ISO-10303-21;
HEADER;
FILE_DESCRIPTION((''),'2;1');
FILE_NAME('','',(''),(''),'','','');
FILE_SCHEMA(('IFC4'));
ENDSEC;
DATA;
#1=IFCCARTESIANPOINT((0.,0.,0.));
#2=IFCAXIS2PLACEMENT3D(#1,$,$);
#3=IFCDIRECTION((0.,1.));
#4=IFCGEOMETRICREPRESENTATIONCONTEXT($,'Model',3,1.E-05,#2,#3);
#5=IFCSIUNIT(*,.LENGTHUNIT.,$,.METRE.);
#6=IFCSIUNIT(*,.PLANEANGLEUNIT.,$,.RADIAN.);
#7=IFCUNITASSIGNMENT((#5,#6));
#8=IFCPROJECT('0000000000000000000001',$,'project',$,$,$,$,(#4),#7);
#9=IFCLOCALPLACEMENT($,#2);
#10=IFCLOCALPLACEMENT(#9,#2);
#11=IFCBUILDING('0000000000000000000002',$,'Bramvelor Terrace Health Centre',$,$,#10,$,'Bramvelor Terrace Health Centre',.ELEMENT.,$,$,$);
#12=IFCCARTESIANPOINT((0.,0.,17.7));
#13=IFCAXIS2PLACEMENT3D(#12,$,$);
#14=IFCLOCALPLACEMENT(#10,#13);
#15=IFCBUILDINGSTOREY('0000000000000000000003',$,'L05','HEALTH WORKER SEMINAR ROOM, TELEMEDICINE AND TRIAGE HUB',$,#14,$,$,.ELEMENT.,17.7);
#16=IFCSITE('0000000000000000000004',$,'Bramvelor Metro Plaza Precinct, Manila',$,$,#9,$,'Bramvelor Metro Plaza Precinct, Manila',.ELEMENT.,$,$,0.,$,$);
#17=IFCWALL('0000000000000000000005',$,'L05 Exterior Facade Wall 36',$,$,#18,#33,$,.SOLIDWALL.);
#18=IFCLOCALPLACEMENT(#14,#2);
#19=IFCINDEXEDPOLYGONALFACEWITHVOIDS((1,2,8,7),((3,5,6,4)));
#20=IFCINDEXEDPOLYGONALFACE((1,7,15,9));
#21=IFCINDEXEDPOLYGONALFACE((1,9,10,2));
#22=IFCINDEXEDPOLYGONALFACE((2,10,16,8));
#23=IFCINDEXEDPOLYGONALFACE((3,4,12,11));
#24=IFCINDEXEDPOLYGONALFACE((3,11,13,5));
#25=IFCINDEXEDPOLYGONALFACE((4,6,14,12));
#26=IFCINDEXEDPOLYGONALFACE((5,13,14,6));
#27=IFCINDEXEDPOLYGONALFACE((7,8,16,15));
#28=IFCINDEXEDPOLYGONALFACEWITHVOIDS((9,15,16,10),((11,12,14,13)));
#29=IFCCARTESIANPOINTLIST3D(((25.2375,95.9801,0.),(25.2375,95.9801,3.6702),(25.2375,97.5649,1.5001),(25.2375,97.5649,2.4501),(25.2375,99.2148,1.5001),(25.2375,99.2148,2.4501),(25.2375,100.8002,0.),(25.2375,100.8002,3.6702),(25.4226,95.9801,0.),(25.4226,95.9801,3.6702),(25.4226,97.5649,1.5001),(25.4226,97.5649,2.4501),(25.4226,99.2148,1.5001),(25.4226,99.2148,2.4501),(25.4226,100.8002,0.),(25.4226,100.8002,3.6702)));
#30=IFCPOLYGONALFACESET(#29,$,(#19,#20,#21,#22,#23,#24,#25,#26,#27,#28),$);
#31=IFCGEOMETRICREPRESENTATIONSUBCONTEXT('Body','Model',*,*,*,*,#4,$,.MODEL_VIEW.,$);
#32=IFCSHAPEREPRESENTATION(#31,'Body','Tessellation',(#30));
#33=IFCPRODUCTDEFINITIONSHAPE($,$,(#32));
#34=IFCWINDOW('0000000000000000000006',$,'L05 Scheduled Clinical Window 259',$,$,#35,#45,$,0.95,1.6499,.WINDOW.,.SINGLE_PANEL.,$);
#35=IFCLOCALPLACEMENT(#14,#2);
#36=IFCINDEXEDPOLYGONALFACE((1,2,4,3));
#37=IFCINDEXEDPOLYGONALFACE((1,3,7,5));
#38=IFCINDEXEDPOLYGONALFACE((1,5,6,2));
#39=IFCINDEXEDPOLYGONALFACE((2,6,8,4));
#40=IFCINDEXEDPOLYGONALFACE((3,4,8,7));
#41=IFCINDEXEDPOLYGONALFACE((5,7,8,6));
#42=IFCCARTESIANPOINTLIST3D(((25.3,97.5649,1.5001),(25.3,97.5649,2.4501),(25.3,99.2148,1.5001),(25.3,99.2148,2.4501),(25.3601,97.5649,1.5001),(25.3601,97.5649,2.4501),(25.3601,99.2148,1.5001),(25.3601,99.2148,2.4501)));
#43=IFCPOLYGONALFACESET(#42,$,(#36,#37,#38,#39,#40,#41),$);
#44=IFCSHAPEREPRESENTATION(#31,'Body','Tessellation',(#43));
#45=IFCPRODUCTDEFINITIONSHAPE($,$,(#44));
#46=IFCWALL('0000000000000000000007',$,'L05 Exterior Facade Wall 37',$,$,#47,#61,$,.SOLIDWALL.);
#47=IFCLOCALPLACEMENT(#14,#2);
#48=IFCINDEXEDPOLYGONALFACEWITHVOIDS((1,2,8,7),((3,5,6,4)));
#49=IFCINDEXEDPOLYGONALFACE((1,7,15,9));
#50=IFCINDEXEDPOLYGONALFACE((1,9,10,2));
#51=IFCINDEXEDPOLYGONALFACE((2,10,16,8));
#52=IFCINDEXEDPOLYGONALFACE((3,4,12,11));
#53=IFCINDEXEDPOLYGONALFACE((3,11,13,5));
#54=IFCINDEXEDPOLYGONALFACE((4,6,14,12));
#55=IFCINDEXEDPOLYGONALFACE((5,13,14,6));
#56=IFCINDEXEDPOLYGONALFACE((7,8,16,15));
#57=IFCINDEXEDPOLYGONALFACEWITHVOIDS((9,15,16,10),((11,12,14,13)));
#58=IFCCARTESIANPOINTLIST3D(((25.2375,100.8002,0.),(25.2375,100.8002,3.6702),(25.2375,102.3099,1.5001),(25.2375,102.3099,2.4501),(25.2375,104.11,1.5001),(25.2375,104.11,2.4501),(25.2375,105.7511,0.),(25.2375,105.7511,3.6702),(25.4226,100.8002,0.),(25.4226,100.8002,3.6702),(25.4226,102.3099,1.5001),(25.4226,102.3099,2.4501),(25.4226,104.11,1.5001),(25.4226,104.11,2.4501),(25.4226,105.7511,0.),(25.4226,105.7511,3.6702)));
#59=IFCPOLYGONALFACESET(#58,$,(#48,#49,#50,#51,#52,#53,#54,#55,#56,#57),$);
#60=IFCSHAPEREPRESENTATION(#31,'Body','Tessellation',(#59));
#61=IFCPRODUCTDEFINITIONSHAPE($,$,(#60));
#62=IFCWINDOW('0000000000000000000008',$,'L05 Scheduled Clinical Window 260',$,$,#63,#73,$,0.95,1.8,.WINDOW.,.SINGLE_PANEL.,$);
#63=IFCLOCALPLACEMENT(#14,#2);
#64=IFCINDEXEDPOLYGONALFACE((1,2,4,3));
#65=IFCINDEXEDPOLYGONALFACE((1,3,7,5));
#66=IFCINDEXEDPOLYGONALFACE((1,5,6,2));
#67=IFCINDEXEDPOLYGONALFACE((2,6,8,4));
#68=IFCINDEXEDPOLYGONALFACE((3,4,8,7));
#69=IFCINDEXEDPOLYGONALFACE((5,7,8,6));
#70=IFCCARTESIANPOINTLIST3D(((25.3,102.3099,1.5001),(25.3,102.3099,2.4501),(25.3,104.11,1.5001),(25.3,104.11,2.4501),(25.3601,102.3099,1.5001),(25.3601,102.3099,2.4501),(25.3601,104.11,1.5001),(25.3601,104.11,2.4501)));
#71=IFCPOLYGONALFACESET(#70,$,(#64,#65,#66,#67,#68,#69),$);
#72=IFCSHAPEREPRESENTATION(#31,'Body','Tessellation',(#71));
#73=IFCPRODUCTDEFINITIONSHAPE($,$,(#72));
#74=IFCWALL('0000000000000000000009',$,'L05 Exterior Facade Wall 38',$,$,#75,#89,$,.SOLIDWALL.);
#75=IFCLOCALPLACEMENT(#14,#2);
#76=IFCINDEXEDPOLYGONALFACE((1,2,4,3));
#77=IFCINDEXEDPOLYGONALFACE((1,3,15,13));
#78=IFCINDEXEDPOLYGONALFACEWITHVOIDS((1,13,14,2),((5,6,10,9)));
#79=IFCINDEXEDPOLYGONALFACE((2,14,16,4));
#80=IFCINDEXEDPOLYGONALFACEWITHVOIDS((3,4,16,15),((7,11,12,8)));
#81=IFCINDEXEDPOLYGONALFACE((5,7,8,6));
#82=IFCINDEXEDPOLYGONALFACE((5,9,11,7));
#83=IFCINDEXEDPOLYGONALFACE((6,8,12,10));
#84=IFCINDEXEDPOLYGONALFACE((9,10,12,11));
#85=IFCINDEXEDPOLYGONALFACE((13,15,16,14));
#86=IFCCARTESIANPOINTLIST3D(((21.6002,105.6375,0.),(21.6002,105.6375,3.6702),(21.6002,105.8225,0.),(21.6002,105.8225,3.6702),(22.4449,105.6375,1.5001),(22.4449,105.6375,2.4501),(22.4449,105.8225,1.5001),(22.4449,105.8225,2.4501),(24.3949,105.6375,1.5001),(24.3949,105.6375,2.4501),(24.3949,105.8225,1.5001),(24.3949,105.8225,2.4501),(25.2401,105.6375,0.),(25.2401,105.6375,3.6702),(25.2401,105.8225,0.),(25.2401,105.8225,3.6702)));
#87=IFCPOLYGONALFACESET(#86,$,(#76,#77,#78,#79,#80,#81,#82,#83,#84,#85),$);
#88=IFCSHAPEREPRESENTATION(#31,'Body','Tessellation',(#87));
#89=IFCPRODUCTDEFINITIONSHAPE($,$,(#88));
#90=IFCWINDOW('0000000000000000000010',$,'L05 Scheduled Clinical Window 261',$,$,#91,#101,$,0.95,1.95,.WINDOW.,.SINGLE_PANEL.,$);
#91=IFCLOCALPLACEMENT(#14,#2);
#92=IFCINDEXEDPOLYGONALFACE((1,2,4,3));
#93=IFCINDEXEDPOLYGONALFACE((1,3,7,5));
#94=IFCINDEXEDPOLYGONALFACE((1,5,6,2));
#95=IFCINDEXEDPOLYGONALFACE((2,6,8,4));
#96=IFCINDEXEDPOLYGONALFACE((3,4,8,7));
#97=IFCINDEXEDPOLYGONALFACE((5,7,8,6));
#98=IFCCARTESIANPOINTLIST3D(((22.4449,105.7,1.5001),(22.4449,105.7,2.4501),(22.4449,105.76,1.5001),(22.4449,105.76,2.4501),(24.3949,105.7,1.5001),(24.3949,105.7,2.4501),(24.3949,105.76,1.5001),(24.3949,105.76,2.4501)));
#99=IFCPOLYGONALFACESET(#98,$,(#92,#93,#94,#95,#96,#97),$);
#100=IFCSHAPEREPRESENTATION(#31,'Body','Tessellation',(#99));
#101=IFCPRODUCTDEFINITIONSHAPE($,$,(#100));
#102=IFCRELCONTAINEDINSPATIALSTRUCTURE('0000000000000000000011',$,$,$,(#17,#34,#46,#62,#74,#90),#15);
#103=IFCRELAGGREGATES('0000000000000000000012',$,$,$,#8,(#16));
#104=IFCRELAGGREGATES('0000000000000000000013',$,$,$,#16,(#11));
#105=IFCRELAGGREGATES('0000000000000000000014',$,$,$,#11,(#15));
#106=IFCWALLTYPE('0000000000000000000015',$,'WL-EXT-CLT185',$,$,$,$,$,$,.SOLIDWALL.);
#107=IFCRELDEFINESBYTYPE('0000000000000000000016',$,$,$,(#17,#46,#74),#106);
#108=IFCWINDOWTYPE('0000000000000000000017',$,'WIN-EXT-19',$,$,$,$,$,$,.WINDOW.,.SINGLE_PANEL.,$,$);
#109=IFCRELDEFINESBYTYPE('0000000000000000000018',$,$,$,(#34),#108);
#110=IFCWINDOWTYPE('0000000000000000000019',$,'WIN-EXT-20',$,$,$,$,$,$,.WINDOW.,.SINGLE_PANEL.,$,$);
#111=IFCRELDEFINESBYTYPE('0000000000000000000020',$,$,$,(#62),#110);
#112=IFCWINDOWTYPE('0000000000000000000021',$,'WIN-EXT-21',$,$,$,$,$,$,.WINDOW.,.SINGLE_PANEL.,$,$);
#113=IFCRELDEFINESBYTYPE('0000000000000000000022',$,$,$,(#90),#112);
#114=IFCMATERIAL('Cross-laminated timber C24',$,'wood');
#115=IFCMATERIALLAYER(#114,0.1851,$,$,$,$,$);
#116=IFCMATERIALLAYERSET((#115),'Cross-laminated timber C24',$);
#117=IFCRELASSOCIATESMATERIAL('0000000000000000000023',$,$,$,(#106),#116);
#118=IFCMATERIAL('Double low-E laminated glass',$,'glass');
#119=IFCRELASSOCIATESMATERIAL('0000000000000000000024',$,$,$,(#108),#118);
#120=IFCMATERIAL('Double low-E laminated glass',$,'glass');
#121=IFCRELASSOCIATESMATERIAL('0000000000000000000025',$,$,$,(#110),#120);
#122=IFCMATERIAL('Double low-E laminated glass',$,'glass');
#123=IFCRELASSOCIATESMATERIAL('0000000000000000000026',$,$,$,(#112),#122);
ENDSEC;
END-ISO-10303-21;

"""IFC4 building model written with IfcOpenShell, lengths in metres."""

from ifc_helpers import new_model, si_unit, direction, frame, frame_2d, origin, place, context, subcontext, project, spatial, rectangle, extrude, material, layer, layer_set, type_object, element, fill, save


model = new_model("IFC4")

# Units and contexts
model_context = context("Model", 3, precision=1e-05, world=origin(), true_north=direction((0.0, 1.0)))
body_context = subcontext(model_context, "Body", "Model", "MODEL_VIEW")
ifc_project = project(units=[si_unit("LENGTHUNIT", "METRE"), si_unit("PLANEANGLEUNIT", "RADIAN")], contexts=[model_context])

# Site, building, storey
site_placement = place(None, origin())
site = spatial("IfcSite", under=ifc_project, at=site_placement, Name="Bramvelor Metro Plaza Precinct, Manila", LongName="Bramvelor Metro Plaza Precinct, Manila", CompositionType="ELEMENT", RefElevation=0.0)
building_placement = place(site_placement, origin())
building = spatial("IfcBuilding", under=site, at=building_placement, Name="Bramvelor Terrace Health Centre", LongName="Bramvelor Terrace Health Centre", CompositionType="ELEMENT")
storey_placement = place(building_placement, frame((0.0, 0.0, 17.7)))
storey = spatial("IfcBuildingStorey", under=building, at=storey_placement, Name="L05", Description="HEALTH WORKER SEMINAR ROOM, TELEMEDICINE AND TRIAGE HUB", CompositionType="ELEMENT", Elevation=17.7)

# Walls, openings, windows
ifc_material_1 = material(Name="Cross-laminated timber C24", Category="wood")
ifc_layer_1 = layer(ifc_material_1, 0.1851)
ifc_layer_set_1 = layer_set([ifc_layer_1], Name="Cross-laminated timber C24")
wall_type_1 = type_object("IfcWallType", Name="WL-EXT-CLT185", PredefinedType="SOLIDWALL", material=ifc_layer_set_1)
wall_1_placement = place(storey_placement, frame((25.3301, 95.98, 0.0), z_axis=(0.0, 0.0, 1.0), x_axis=(0.0, 1.0, 0.0)))
wall_1 = element("IfcWall", 1, at=wall_1_placement, inside=storey, type_object=wall_type_1, Name="L05 Exterior Facade Wall 36", PredefinedType="SOLIDWALL", context=body_context, shape_type="SweptSolid", body=[
    extrude(rectangle(XDim=4.8201, YDim=0.1851, at=frame_2d((2.4102, 0.0))), origin(), (0.0, 0.0, 1.0), 3.6702),
])
opening_1_placement = place(wall_1_placement, frame((1.585, 0.0, 1.5)))
opening_1 = element("IfcOpeningElement", 2, at=opening_1_placement, cuts=wall_1, PredefinedType="OPENING", context=body_context, shape_type="SweptSolid", body=[
    extrude(rectangle(XDim=1.6499, YDim=0.95, at=frame_2d((0.825, 0.4751))), frame((0.0, 0.1025, 0.0), z_axis=(0.0, -1.0, 0.0), x_axis=(1.0, 0.0, 0.0)), (0.0, 0.0, 1.0), 0.2051),
])
ifc_material_2 = material(Name="Double low-E laminated glass", Category="glass")
window_type_1 = type_object("IfcWindowType", Name="WIN-EXT-19", PartitioningType="SINGLE_PANEL", PredefinedType="WINDOW", material=ifc_material_2)
window_1_placement = place(opening_1_placement, origin())
window_1 = element("IfcWindow", 3, at=window_1_placement, inside=storey, type_object=window_type_1, Name="L05 Scheduled Clinical Window 259", OverallHeight=0.95, OverallWidth=1.6499, PartitioningType="SINGLE_PANEL", PredefinedType="WINDOW", context=body_context, shape_type="SweptSolid", body=[
    extrude(rectangle(XDim=1.6499, YDim=0.95, at=frame_2d((0.825, 0.4751))), frame((0.0, 0.03, 0.0), z_axis=(0.0, -1.0, 0.0), x_axis=(1.0, 0.0, 0.0)), (0.0, 0.0, 1.0), 0.0601),
])
fill(opening_1, window_1)
wall_2_placement = place(storey_placement, frame((25.3301, 100.8, 0.0), z_axis=(0.0, 0.0, 1.0), x_axis=(0.0, 1.0, 0.0)))
wall_2 = element("IfcWall", 4, at=wall_2_placement, inside=storey, type_object=wall_type_1, Name="L05 Exterior Facade Wall 37", PredefinedType="SOLIDWALL", context=body_context, shape_type="SweptSolid", body=[
    extrude(rectangle(XDim=4.9509, YDim=0.1851, at=frame_2d((2.4756, 0.0))), origin(), (0.0, 0.0, 1.0), 3.6702),
])
opening_2_placement = place(wall_2_placement, frame((1.51, 0.0, 1.5)))
opening_2 = element("IfcOpeningElement", 5, at=opening_2_placement, cuts=wall_2, PredefinedType="OPENING", context=body_context, shape_type="SweptSolid", body=[
    extrude(rectangle(XDim=1.8, YDim=0.95, at=frame_2d((0.8999, 0.4751))), frame((0.0, 0.1025, 0.0), z_axis=(0.0, -1.0, 0.0), x_axis=(1.0, 0.0, 0.0)), (0.0, 0.0, 1.0), 0.2051),
])
ifc_material_3 = material(Name="Double low-E laminated glass", Category="glass")
window_type_2 = type_object("IfcWindowType", Name="WIN-EXT-20", PartitioningType="SINGLE_PANEL", PredefinedType="WINDOW", material=ifc_material_3)
window_2_placement = place(opening_2_placement, origin())
window_2 = element("IfcWindow", 6, at=window_2_placement, inside=storey, type_object=window_type_2, Name="L05 Scheduled Clinical Window 260", OverallHeight=0.95, OverallWidth=1.8, PartitioningType="SINGLE_PANEL", PredefinedType="WINDOW", context=body_context, shape_type="SweptSolid", body=[
    extrude(rectangle(XDim=1.8, YDim=0.95, at=frame_2d((0.8999, 0.4751))), frame((0.0, 0.03, 0.0), z_axis=(0.0, -1.0, 0.0), x_axis=(1.0, 0.0, 0.0)), (0.0, 0.0, 1.0), 0.0601),
])
fill(opening_2, window_2)
wall_3_placement = place(storey_placement, frame((25.24, 105.73, 0.0), z_axis=(0.0, 0.0, 1.0), x_axis=(-1.0, 0.0, 0.0)))
wall_3 = element("IfcWall", 7, at=wall_3_placement, inside=storey, type_object=wall_type_1, Name="L05 Exterior Facade Wall 38", PredefinedType="SOLIDWALL", context=body_context, shape_type="SweptSolid", body=[
    extrude(rectangle(XDim=3.6399, YDim=0.1851, at=frame_2d((1.8198, 0.0))), origin(), (0.0, 0.0, 1.0), 3.6702),
])
opening_3_placement = place(wall_3_placement, frame((0.845, 0.0, 1.5)))
opening_3 = element("IfcOpeningElement", 8, at=opening_3_placement, cuts=wall_3, PredefinedType="OPENING", context=body_context, shape_type="SweptSolid", body=[
    extrude(rectangle(XDim=1.95, YDim=0.95, at=frame_2d((0.9751, 0.4751))), frame((0.0, 0.1025, 0.0), z_axis=(0.0, -1.0, 0.0), x_axis=(1.0, 0.0, 0.0)), (0.0, 0.0, 1.0), 0.2051),
])
ifc_material_4 = material(Name="Double low-E laminated glass", Category="glass")
window_type_3 = type_object("IfcWindowType", Name="WIN-EXT-21", PartitioningType="SINGLE_PANEL", PredefinedType="WINDOW", material=ifc_material_4)
window_3_placement = place(opening_3_placement, origin())
window_3 = element("IfcWindow", 9, at=window_3_placement, inside=storey, type_object=window_type_3, Name="L05 Scheduled Clinical Window 261", OverallHeight=0.95, OverallWidth=1.95, PartitioningType="SINGLE_PANEL", PredefinedType="WINDOW", context=body_context, shape_type="SweptSolid", body=[
    extrude(rectangle(XDim=1.95, YDim=0.95, at=frame_2d((0.9751, 0.4751))), frame((0.0, 0.03, 0.0), z_axis=(0.0, -1.0, 0.0), x_axis=(1.0, 0.0, 0.0)), (0.0, 0.0, 1.0), 0.0601),
])
fill(opening_3, window_3)

save(model, "model.ifc")
